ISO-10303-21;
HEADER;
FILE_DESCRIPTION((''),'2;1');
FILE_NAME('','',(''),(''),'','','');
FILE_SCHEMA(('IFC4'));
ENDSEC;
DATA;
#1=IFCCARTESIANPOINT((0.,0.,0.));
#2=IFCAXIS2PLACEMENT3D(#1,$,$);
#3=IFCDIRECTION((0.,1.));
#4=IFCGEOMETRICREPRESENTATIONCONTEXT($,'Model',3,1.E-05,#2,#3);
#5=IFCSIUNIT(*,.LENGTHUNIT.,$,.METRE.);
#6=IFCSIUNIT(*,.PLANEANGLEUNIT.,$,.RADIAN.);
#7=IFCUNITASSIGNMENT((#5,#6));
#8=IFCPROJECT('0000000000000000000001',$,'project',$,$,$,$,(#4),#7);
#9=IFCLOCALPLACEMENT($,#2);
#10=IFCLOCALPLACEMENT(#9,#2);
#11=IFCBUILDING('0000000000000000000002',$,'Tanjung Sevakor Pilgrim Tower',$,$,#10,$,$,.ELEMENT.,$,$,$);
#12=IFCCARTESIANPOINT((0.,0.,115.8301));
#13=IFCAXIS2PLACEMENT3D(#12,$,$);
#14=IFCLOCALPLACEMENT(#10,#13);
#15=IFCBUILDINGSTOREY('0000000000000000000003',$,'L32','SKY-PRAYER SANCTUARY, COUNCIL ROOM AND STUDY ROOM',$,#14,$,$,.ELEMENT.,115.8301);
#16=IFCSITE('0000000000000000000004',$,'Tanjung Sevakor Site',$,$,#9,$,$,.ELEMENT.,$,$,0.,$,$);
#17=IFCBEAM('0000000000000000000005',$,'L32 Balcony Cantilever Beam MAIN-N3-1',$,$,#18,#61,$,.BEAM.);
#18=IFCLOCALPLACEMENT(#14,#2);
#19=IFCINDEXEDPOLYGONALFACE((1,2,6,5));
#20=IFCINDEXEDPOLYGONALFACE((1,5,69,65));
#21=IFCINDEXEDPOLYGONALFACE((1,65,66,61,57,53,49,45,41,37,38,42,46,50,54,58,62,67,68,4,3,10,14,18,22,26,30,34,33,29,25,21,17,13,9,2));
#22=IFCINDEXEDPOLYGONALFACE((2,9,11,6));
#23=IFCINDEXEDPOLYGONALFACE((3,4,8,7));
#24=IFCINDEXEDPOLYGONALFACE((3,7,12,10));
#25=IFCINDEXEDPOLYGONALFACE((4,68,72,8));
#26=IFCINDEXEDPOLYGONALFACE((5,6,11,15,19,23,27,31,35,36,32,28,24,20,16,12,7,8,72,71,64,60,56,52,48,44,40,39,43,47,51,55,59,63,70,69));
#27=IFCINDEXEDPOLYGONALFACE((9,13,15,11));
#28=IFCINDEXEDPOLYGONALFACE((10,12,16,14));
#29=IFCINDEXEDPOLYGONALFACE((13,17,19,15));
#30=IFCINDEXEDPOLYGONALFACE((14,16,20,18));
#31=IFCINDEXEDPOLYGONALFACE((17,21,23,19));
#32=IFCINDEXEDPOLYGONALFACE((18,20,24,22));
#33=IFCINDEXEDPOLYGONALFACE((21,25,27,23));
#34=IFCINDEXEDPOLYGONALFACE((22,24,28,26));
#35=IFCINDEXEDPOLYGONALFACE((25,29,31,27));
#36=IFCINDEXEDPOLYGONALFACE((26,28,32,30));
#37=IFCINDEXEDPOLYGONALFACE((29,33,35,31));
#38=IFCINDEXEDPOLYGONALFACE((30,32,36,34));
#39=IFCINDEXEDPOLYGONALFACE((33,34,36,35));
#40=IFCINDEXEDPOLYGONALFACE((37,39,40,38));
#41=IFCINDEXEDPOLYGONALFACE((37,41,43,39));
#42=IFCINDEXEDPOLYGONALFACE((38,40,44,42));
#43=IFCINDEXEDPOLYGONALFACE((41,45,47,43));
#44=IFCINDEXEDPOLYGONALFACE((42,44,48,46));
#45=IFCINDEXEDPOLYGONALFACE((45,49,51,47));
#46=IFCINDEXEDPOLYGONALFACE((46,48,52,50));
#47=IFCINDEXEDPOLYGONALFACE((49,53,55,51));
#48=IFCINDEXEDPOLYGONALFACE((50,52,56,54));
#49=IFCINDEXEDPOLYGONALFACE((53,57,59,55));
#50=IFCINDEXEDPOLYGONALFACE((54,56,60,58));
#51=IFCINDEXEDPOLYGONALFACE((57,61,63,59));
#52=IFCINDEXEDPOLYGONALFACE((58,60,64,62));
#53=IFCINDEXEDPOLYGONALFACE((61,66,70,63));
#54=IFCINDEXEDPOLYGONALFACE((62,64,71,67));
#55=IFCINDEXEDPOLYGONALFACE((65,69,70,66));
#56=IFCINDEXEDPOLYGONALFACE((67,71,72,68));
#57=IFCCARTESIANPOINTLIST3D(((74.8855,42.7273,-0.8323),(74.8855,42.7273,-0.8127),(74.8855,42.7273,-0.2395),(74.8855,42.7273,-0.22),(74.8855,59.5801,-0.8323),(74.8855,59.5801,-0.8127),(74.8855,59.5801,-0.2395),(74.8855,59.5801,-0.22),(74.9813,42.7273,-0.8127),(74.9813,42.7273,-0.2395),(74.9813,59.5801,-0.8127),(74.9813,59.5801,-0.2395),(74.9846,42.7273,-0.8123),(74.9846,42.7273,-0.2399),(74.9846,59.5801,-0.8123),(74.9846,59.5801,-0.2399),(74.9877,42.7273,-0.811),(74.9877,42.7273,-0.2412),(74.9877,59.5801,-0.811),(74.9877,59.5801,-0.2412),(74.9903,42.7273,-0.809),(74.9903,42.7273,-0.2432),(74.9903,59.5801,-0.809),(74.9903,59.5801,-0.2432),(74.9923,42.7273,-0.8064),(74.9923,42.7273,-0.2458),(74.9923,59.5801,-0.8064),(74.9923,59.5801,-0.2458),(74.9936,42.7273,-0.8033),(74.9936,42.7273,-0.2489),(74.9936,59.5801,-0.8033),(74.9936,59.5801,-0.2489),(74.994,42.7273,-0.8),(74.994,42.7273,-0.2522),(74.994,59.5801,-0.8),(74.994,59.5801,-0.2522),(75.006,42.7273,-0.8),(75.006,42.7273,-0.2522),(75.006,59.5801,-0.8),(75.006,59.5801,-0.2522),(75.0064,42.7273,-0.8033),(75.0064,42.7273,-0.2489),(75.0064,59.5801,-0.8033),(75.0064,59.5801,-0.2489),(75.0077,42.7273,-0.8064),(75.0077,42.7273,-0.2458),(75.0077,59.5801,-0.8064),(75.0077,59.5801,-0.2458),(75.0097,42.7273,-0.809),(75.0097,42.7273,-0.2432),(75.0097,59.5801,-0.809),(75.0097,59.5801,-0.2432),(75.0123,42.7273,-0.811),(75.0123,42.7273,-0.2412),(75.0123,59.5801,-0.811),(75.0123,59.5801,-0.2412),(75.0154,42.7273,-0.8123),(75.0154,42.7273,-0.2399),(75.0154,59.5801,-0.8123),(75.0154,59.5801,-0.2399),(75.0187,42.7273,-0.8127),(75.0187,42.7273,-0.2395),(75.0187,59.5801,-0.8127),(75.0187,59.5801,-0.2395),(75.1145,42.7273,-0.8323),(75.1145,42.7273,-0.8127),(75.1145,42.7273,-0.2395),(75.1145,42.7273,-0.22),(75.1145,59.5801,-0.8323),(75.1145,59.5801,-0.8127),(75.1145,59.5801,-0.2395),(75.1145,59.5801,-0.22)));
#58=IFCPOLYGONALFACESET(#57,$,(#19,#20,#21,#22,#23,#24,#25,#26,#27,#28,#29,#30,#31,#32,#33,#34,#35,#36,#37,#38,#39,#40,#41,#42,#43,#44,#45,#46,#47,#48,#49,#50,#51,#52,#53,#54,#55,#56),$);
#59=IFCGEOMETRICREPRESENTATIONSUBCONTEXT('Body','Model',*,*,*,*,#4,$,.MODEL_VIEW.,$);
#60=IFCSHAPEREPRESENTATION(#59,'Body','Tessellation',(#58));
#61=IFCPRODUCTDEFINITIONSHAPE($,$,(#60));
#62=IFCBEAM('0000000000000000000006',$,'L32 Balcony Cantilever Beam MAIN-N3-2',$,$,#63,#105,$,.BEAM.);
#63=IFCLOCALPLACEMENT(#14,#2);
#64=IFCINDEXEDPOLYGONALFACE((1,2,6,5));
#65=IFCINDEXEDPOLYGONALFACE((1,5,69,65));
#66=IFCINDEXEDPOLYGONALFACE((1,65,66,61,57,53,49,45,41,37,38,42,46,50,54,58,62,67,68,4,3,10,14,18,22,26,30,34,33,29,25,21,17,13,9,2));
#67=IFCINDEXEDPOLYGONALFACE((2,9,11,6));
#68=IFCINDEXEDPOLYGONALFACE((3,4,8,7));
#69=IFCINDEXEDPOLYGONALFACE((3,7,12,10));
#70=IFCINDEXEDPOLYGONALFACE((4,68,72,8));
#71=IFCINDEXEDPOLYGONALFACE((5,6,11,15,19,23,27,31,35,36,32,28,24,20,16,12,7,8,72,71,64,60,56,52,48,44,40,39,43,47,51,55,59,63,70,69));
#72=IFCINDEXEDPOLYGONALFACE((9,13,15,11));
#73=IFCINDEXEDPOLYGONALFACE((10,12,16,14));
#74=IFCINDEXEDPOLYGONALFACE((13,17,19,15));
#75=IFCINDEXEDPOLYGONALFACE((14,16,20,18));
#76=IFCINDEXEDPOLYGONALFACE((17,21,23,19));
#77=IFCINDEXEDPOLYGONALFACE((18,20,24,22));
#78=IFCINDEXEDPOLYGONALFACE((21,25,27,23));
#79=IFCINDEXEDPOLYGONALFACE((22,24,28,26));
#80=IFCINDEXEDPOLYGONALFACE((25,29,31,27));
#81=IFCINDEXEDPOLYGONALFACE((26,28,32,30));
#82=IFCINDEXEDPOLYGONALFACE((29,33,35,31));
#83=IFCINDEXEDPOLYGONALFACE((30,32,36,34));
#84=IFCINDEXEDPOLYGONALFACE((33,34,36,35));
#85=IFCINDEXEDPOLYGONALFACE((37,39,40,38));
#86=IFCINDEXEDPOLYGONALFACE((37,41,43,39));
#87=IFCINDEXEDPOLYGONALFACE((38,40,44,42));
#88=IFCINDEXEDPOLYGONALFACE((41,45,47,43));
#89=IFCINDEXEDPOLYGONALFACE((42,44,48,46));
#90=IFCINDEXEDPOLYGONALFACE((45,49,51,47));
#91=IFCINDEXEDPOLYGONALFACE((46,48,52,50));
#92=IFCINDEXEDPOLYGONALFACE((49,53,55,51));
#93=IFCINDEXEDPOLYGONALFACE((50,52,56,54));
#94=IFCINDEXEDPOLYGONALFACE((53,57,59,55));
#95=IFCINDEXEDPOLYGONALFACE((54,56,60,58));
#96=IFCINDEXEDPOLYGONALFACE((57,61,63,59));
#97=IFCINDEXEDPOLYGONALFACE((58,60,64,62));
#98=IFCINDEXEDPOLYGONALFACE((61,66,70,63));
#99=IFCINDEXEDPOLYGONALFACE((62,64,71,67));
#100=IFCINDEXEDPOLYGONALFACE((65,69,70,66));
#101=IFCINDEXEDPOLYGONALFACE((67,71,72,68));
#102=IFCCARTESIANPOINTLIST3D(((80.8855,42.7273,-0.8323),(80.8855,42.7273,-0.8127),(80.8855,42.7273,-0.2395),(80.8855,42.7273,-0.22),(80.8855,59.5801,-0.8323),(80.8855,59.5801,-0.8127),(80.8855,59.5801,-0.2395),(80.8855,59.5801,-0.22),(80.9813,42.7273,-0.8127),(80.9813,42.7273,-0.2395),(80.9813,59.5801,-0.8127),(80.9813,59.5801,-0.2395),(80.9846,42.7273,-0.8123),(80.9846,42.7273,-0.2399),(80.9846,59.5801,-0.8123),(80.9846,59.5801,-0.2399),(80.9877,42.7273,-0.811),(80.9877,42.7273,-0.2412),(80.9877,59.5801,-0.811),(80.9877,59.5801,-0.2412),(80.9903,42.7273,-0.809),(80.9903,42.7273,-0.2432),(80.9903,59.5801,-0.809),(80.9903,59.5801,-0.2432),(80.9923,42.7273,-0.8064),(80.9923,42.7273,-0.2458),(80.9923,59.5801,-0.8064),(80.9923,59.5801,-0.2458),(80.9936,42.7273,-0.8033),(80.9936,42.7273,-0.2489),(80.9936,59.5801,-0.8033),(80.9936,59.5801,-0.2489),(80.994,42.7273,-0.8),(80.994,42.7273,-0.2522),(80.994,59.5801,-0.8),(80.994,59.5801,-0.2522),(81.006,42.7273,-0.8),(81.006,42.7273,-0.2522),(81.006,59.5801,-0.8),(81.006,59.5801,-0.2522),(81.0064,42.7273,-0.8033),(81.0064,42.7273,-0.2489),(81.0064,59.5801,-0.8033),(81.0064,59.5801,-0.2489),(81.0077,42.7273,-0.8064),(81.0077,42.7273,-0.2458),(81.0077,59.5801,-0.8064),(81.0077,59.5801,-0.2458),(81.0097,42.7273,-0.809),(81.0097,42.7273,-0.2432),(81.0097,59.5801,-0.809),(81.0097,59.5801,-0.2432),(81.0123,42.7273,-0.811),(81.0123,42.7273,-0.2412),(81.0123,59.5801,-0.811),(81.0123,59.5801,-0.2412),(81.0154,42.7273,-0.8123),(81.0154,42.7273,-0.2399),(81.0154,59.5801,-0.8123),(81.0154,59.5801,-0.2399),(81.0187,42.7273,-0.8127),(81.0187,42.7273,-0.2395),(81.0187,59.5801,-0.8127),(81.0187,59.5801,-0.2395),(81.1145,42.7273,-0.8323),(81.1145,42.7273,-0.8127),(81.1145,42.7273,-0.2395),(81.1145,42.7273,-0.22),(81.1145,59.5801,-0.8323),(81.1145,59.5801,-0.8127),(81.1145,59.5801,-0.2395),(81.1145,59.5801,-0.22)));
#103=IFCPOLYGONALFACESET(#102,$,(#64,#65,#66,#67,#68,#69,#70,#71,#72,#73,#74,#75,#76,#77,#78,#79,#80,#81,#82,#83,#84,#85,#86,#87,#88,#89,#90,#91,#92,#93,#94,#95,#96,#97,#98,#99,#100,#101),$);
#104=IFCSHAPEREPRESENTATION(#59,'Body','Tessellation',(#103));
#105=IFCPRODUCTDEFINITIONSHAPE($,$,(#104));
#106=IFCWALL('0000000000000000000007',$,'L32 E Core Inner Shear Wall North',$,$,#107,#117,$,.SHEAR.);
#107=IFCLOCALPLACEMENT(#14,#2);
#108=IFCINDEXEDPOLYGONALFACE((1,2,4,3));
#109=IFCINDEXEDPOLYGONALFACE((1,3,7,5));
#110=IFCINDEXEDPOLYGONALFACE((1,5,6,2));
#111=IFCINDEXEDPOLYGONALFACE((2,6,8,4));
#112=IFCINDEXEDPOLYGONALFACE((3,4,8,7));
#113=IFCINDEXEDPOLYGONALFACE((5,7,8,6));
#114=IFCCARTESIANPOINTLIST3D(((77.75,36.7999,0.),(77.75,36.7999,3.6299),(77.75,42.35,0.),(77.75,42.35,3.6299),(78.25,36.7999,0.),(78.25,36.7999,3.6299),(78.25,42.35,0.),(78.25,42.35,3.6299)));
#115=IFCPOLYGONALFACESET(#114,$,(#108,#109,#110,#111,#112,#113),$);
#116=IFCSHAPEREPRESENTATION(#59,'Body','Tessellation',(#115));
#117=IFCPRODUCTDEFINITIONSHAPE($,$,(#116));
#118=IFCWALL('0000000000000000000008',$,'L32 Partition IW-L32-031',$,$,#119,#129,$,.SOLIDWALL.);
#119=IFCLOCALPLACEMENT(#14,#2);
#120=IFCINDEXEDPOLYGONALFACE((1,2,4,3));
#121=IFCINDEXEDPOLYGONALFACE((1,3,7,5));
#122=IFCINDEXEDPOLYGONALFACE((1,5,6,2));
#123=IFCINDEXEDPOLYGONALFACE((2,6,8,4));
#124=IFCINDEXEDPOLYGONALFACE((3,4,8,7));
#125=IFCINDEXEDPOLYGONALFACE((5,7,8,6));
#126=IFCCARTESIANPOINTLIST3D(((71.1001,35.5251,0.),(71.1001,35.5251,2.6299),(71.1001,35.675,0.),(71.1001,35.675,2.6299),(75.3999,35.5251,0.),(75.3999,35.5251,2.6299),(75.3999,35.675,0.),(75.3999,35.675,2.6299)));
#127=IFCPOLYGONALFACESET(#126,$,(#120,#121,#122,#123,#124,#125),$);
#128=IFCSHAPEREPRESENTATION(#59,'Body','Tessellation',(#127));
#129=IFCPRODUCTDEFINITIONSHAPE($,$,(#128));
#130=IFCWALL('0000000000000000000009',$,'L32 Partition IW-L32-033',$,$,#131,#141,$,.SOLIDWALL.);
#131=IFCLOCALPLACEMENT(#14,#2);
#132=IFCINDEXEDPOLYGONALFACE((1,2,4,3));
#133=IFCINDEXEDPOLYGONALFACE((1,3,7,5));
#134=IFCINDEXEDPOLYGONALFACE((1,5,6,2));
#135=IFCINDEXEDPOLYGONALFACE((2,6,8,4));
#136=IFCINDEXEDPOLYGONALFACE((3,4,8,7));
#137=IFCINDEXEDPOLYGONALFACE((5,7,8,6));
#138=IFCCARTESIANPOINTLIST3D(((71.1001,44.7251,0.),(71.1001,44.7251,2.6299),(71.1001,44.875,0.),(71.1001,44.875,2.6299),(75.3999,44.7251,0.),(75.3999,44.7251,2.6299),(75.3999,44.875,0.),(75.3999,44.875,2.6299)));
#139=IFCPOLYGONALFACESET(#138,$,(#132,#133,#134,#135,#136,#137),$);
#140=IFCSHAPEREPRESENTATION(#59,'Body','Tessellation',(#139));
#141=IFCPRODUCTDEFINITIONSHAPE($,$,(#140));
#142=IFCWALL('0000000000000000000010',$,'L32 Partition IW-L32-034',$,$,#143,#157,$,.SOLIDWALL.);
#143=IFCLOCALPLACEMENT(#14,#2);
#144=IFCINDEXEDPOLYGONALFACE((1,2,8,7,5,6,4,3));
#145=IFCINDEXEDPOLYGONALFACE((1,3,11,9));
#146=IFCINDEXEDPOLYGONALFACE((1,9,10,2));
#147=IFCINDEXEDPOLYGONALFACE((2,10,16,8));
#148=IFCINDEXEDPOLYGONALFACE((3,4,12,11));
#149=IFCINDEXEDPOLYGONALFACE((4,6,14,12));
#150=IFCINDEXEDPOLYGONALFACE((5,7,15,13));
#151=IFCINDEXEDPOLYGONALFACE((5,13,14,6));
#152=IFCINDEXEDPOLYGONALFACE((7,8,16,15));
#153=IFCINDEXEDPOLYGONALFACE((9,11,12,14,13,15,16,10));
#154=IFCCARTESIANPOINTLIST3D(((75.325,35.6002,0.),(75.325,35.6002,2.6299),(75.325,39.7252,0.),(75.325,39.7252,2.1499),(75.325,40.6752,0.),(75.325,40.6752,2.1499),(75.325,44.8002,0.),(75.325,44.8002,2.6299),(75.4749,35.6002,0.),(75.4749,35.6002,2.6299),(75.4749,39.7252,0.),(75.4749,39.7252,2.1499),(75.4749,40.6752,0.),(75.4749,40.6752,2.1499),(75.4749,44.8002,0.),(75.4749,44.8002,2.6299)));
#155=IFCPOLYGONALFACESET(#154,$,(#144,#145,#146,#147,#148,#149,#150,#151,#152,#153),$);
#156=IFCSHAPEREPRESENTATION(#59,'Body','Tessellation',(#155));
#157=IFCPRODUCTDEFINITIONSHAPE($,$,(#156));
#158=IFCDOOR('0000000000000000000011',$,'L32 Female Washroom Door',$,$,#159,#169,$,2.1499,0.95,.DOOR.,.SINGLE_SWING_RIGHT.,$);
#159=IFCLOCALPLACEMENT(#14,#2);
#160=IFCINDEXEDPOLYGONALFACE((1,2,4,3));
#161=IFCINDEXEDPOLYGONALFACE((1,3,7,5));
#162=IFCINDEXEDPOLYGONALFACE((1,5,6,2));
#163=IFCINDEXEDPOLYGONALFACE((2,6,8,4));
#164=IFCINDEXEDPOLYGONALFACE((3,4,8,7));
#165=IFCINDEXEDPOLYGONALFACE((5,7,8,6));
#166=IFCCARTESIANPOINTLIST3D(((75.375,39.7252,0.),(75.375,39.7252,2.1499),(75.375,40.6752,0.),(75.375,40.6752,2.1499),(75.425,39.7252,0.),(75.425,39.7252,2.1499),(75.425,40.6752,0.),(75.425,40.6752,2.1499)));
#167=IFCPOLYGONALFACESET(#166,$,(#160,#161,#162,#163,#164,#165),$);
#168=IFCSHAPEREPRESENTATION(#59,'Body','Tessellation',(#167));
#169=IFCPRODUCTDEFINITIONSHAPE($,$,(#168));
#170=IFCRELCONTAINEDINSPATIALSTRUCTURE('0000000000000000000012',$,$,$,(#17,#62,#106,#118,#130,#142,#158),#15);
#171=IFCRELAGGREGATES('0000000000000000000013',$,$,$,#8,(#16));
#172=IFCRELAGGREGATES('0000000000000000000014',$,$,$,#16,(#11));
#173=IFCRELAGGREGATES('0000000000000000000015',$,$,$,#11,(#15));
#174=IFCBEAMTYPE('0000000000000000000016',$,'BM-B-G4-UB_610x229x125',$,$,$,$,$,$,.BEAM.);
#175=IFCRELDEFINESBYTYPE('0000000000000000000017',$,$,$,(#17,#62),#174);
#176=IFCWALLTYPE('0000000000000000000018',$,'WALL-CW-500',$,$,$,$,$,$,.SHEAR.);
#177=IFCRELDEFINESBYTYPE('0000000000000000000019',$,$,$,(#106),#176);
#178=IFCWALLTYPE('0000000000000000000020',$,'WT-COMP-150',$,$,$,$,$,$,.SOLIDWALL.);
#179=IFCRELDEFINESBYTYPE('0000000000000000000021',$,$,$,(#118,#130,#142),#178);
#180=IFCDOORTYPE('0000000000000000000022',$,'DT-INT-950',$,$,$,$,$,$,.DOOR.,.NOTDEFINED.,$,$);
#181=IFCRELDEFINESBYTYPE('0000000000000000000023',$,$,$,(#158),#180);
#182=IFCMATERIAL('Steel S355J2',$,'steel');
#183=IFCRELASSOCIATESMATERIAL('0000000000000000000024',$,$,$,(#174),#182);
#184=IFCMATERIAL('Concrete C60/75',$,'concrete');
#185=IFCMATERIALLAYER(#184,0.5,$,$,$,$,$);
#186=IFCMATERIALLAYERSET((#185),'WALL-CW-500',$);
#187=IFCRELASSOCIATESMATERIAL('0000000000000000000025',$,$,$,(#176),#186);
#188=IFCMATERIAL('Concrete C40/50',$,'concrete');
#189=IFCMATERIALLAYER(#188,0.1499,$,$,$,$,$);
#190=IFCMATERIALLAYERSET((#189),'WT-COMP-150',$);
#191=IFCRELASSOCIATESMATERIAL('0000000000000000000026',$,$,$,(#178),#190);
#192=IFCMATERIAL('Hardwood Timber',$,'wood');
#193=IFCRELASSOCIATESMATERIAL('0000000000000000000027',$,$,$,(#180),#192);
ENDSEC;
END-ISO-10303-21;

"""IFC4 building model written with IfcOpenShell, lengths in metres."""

from ifc_helpers import new_model, si_unit, direction, frame, frame_2d, origin, origin_2d, place, context, subcontext, project, spatial, rectangle, i_section, extrude, material, layer, layer_set, material_profile, profile_set, type_object, element, fill, save


model = new_model("IFC4")

# Units and contexts
model_context = context("Model", 3, precision=1e-05, world=origin(), true_north=direction((0.0, 1.0)))
body_context = subcontext(model_context, "Body", "Model", "MODEL_VIEW")
ifc_project = project(units=[si_unit("LENGTHUNIT", "METRE"), si_unit("PLANEANGLEUNIT", "RADIAN")], contexts=[model_context])

# Site, building, storey
site_placement = place(None, origin())
site = spatial("IfcSite", under=ifc_project, at=site_placement, Name="Tanjung Sevakor Site", CompositionType="ELEMENT", RefElevation=0.0)
building_placement = place(site_placement, origin())
building = spatial("IfcBuilding", under=site, at=building_placement, Name="Tanjung Sevakor Pilgrim Tower", CompositionType="ELEMENT")
storey_placement = place(building_placement, frame((0.0, 0.0, 115.8301)))
storey = spatial("IfcBuildingStorey", under=building, at=storey_placement, Name="L32", Description="SKY-PRAYER SANCTUARY, COUNCIL ROOM AND STUDY ROOM", CompositionType="ELEMENT", Elevation=115.8301)

# Beams
ifc_material_1 = material(Name="Steel S355J2", Category="steel")
ifc_material_profile_1 = material_profile(ifc_material_1, i_section(OverallWidth=0.229, OverallDepth=0.6123, WebThickness=0.012, FlangeThickness=0.0195, FilletRadius=0.0127, at=origin_2d()))
ifc_profile_set_1 = profile_set([ifc_material_profile_1], Name="Steel S355J2")
beam_type_1 = type_object("IfcBeamType", Name="BM-B-G4-UB_610x229x125", PredefinedType="BEAM", material=ifc_profile_set_1)
for number, where, z_axis, x_axis, name in (
    (1, (75.0, 42.7273, -0.5261), (0.0, 1.0, 0.0), (-1.0, 0.0, 0.0), "L32 Balcony Cantilever Beam MAIN-N3-1"),
    (2, (81.0, 42.7273, -0.5261), (0.0, 1.0, 0.0), (-1.0, 0.0, 0.0), "L32 Balcony Cantilever Beam MAIN-N3-2"),
):
    element("IfcBeam", number, at=place(storey_placement, frame(where, z_axis=z_axis, x_axis=x_axis)), inside=storey, type_object=beam_type_1, Name=name, PredefinedType="BEAM", context=body_context, shape_type="SweptSolid", body=[
        extrude(i_section(OverallWidth=0.229, OverallDepth=0.6123, WebThickness=0.012, FlangeThickness=0.0195, FilletRadius=0.0127, at=origin_2d()), origin(), (0.0, 0.0, 1.0), 16.8528),
    ])

# Walls
ifc_material_2 = material(Name="Concrete C60/75", Category="concrete")
ifc_layer_1 = layer(ifc_material_2, 0.5)
ifc_layer_set_1 = layer_set([ifc_layer_1], Name="WALL-CW-500")
wall_type_1 = type_object("IfcWallType", Name="WALL-CW-500", PredefinedType="SHEAR", material=ifc_layer_set_1)
wall_1_placement = place(storey_placement, frame((78.0, 36.8, 0.0), z_axis=(0.0, 0.0, 1.0), x_axis=(0.0, 1.0, 0.0)))
element("IfcWall", 3, at=wall_1_placement, inside=storey, type_object=wall_type_1, Name="L32 E Core Inner Shear Wall North", PredefinedType="SHEAR", context=body_context, shape_type="SweptSolid", body=[
    extrude(rectangle(XDim=5.55, YDim=0.5, at=frame_2d((2.7749, 0.0))), origin(), (0.0, 0.0, 1.0), 3.6299),
])
ifc_material_3 = material(Name="Concrete C40/50", Category="concrete")
ifc_layer_2 = layer(ifc_material_3, 0.1499)
ifc_layer_set_2 = layer_set([ifc_layer_2], Name="WT-COMP-150")
wall_type_2 = type_object("IfcWallType", Name="WT-COMP-150", PredefinedType="SOLIDWALL", material=ifc_layer_set_2)
for number, where, z_axis, x_axis, name in (
    (4, (71.1001, 35.6001, 0.0), (0.0, 0.0, 1.0), (1.0, 0.0, 0.0), "L32 Partition IW-L32-031"),
    (5, (71.1001, 44.8, 0.0), (0.0, 0.0, 1.0), (1.0, 0.0, 0.0), "L32 Partition IW-L32-033"),
):
    element("IfcWall", number, at=place(storey_placement, frame(where, z_axis=z_axis, x_axis=x_axis)), inside=storey, type_object=wall_type_2, Name=name, PredefinedType="SOLIDWALL", context=body_context, shape_type="SweptSolid", body=[
        extrude(rectangle(XDim=4.2998, YDim=0.1499, at=frame_2d((2.1499, 0.0))), origin(), (0.0, 0.0, 1.0), 2.6299),
    ])

# Wall, opening, door
wall_2_placement = place(storey_placement, frame((75.3999, 35.6001, 0.0), z_axis=(0.0, 0.0, 1.0), x_axis=(0.0, 1.0, 0.0)))
wall_2 = element("IfcWall", 6, at=wall_2_placement, inside=storey, type_object=wall_type_2, Name="L32 Partition IW-L32-034", PredefinedType="SOLIDWALL", context=body_context, shape_type="SweptSolid", body=[
    extrude(rectangle(XDim=9.2, YDim=0.1499, at=frame_2d((4.6001, 0.0))), origin(), (0.0, 0.0, 1.0), 2.6299),
])
opening_1_placement = place(wall_2_placement, frame((4.125, 0.0, 0.0)))
opening_1 = element("IfcOpeningElement", 7, at=opening_1_placement, cuts=wall_2, PredefinedType="OPENING", context=body_context, shape_type="SweptSolid", body=[
    extrude(rectangle(XDim=0.95, YDim=2.1499, at=frame_2d((0.4751, 1.075))), frame((0.0, 0.085, 0.0), z_axis=(0.0, -1.0, 0.0), x_axis=(1.0, 0.0, 0.0)), (0.0, 0.0, 1.0), 0.1699),
])
ifc_material_4 = material(Name="Hardwood Timber", Category="wood")
door_type_1 = type_object("IfcDoorType", Name="DT-INT-950", OperationType="NOTDEFINED", PredefinedType="DOOR", material=ifc_material_4)
door_1_placement = place(opening_1_placement, origin())
door_1 = element("IfcDoor", 8, at=door_1_placement, inside=storey, type_object=door_type_1, Name="L32 Female Washroom Door", OperationType="SINGLE_SWING_RIGHT", OverallHeight=2.1499, OverallWidth=0.95, PredefinedType="DOOR", context=body_context, shape_type="SweptSolid", body=[
    extrude(rectangle(XDim=0.95, YDim=2.1499, at=frame_2d((0.4751, 1.075))), frame((0.0, 0.0249, 0.0), z_axis=(0.0, -1.0, 0.0), x_axis=(1.0, 0.0, 0.0)), (0.0, 0.0, 1.0), 0.05),
])
fill(opening_1, door_1)

save(model, "model.ifc")
